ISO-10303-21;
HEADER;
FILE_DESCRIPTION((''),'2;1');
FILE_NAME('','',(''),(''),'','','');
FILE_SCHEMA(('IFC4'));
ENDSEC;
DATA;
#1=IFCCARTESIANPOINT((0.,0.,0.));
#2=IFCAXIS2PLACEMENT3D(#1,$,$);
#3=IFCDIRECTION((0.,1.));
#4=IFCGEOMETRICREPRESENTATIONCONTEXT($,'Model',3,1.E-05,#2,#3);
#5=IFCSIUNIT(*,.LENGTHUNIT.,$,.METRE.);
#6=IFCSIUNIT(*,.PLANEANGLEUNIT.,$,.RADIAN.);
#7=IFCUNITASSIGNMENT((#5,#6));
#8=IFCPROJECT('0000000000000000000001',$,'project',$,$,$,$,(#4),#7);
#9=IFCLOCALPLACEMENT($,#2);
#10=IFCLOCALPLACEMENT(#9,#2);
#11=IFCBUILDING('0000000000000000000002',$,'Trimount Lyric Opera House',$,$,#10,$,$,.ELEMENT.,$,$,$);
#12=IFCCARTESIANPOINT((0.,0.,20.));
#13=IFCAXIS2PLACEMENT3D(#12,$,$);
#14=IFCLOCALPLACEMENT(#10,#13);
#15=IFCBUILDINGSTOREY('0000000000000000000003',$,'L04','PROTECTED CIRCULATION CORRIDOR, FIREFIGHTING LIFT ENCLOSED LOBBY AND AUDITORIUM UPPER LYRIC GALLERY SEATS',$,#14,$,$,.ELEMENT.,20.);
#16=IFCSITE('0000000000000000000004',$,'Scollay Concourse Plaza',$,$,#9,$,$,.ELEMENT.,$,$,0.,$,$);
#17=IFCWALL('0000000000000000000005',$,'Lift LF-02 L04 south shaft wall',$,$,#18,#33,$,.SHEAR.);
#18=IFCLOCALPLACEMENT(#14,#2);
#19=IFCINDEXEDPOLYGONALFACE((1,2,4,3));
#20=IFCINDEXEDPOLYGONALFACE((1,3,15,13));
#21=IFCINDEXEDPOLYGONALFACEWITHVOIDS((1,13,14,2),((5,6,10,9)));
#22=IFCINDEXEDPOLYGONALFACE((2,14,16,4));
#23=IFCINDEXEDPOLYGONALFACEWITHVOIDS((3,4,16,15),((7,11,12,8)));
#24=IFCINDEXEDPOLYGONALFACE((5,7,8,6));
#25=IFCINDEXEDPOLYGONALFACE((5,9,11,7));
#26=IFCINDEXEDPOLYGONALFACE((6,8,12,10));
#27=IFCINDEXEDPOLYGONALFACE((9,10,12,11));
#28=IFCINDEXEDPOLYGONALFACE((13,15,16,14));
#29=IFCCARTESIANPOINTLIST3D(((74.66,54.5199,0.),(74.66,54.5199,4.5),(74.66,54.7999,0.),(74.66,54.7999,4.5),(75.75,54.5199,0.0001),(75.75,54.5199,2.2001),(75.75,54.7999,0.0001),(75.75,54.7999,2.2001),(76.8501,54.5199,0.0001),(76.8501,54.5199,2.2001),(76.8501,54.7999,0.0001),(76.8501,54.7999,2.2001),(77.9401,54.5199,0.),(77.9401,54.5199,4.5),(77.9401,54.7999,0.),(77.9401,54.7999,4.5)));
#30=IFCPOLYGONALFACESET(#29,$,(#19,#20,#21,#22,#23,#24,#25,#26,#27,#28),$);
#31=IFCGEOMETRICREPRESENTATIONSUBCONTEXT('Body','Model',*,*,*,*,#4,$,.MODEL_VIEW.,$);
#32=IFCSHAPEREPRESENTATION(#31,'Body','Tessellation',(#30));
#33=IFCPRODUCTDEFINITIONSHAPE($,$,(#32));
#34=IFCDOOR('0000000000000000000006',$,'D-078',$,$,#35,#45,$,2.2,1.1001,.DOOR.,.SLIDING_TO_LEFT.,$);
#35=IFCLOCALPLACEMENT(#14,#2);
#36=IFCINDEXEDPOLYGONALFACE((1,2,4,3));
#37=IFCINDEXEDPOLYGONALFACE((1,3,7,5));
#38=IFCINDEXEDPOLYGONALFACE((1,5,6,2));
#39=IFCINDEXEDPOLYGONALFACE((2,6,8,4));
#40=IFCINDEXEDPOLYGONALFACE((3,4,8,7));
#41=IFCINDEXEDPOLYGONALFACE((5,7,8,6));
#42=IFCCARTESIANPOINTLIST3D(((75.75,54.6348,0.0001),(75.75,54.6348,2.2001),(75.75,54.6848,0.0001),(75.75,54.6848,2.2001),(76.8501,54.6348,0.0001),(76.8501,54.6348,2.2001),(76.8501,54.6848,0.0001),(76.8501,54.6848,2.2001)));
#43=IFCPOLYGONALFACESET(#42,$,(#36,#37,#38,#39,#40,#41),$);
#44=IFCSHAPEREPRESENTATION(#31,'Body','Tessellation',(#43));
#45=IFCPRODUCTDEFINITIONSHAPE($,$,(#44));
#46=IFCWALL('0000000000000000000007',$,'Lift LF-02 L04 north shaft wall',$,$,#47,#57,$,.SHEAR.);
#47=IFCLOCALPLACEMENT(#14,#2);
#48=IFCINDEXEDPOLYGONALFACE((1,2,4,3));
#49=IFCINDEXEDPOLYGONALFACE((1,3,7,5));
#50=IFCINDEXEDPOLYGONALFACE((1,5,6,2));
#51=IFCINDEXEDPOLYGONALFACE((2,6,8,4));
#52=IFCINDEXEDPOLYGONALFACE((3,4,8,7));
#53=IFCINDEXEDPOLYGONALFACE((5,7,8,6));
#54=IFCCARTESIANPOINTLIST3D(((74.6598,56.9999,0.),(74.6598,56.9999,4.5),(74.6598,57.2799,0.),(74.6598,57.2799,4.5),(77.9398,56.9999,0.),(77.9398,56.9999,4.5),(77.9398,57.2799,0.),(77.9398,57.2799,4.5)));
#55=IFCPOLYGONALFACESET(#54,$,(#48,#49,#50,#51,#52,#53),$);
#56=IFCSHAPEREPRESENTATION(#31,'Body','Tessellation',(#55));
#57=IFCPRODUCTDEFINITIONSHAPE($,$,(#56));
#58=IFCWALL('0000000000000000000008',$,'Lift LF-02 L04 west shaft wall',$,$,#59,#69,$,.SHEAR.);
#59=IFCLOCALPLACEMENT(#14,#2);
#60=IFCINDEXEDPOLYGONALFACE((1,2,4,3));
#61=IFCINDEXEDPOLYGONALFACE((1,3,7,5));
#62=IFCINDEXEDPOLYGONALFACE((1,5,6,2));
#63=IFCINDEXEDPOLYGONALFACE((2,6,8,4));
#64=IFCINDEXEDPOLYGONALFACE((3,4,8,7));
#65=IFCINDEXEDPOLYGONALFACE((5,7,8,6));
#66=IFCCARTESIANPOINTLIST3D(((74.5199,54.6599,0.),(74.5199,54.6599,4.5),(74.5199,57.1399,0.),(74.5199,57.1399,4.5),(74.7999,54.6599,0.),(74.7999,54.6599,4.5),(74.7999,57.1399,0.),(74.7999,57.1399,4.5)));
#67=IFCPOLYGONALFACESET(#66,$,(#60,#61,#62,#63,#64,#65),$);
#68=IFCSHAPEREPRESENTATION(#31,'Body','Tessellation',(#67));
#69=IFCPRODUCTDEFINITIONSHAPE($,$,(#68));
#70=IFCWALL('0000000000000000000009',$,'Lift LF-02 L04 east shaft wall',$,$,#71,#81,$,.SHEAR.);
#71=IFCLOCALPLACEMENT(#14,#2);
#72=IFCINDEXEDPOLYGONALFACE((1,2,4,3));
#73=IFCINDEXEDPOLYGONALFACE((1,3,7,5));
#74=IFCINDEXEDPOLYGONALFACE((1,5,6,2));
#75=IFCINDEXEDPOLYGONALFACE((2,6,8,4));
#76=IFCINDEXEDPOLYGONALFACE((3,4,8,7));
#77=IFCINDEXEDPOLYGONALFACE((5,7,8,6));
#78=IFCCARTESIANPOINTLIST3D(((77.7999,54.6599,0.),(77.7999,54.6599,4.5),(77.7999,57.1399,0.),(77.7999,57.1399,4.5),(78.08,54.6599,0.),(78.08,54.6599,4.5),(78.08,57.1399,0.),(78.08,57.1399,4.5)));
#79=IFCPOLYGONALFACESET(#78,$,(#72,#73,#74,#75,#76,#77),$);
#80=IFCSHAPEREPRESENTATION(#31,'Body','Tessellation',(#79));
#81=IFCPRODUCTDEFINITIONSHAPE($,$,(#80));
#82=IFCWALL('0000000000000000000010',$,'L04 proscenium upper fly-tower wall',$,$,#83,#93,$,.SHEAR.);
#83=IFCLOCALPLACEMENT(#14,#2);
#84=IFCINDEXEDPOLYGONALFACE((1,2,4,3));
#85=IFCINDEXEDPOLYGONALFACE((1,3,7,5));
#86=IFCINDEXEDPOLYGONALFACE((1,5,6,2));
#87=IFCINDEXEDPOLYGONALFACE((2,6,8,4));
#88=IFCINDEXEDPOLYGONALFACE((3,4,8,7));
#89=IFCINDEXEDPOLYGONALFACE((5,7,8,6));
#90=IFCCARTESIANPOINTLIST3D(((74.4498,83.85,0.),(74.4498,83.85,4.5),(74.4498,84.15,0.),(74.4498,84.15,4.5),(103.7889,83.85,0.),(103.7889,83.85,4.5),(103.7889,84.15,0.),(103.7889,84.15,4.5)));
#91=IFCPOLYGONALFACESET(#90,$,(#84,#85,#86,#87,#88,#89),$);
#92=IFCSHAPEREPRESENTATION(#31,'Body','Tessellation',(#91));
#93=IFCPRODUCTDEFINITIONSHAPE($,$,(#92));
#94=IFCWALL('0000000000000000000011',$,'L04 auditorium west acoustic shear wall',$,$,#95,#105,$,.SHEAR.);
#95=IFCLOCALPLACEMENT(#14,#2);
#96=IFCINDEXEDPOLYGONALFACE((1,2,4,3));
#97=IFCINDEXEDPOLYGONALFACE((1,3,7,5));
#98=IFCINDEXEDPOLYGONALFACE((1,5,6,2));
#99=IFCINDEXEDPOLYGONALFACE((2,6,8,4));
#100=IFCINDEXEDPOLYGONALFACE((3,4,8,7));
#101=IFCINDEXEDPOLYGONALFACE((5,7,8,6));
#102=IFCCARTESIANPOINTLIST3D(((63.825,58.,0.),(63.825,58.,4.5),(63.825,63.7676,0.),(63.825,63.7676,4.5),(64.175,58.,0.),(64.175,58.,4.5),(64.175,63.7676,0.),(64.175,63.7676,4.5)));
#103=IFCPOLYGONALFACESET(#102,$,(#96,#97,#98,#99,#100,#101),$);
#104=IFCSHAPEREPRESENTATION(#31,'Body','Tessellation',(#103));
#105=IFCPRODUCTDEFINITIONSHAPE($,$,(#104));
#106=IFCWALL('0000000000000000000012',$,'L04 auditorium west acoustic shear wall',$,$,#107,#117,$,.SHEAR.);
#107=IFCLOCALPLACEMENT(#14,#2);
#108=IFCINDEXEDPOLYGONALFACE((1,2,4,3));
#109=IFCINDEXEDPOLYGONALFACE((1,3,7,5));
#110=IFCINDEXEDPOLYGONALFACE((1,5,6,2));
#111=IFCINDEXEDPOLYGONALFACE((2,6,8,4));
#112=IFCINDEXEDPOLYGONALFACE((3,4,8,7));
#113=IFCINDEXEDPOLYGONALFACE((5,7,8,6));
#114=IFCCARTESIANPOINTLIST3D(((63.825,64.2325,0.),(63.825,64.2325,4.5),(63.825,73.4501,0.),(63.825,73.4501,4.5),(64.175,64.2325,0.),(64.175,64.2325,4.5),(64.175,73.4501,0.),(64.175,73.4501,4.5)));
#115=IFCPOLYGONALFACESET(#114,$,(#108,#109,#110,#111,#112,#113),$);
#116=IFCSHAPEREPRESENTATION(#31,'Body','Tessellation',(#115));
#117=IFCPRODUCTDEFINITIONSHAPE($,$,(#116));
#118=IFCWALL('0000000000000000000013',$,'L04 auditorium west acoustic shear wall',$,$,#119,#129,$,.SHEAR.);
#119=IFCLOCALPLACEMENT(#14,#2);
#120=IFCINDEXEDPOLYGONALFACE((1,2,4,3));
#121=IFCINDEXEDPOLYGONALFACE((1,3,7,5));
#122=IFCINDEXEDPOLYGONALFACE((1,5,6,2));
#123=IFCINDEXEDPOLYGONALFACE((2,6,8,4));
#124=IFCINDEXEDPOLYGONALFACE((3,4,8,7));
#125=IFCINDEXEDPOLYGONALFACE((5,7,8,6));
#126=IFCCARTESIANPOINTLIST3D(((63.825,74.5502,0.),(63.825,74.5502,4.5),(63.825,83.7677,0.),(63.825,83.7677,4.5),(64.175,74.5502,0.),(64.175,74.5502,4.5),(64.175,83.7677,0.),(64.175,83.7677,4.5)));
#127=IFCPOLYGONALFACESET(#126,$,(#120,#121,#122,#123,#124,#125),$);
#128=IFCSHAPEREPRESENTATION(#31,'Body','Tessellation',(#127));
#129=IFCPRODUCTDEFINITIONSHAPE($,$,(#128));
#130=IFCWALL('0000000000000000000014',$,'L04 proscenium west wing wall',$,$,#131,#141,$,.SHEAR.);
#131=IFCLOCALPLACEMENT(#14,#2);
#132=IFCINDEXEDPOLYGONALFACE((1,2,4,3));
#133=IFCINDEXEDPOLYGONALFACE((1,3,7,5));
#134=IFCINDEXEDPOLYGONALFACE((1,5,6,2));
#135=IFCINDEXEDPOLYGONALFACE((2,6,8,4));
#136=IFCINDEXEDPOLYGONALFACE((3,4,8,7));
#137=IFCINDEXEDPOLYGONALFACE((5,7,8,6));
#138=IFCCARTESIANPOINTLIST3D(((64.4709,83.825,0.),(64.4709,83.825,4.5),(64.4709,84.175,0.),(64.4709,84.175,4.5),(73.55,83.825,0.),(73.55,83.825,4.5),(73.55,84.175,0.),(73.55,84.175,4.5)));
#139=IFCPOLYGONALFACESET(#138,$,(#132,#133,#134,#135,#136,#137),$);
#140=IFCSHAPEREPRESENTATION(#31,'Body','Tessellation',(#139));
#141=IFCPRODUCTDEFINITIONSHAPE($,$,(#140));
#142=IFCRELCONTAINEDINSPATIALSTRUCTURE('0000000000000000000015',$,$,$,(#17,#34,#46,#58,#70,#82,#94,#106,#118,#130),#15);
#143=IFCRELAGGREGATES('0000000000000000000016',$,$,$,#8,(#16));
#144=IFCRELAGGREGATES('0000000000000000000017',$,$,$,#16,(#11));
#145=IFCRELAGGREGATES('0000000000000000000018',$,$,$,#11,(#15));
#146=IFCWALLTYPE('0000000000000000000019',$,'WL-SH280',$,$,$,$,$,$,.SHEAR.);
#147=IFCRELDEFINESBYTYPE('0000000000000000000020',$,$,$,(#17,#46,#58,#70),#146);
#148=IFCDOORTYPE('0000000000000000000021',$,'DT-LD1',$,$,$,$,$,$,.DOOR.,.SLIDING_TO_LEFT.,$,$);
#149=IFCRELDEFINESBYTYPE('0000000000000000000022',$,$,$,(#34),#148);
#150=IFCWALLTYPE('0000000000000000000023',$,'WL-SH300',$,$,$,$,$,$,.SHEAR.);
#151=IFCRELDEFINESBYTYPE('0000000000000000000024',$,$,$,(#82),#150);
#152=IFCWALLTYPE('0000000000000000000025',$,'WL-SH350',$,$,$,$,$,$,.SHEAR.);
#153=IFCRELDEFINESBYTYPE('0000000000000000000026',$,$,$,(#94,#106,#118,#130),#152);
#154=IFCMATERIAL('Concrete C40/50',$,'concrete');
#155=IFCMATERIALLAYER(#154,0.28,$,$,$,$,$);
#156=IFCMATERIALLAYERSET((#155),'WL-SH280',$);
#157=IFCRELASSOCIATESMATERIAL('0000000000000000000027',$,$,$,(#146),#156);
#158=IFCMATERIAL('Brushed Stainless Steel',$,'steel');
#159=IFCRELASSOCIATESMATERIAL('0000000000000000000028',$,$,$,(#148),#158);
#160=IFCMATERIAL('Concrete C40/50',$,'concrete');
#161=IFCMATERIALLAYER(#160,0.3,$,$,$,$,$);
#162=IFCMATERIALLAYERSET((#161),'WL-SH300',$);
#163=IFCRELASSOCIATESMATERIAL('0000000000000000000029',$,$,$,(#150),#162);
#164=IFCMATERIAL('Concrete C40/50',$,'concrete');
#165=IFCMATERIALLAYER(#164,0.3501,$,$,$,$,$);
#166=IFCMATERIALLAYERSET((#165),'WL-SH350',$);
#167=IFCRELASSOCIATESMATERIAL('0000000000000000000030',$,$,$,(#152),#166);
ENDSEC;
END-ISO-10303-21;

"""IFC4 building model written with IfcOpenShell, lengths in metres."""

from ifc_helpers import new_model, si_unit, direction, frame, frame_2d, origin, place, context, subcontext, project, spatial, rectangle, extrude, material, layer, layer_set, type_object, element, fill, save


model = new_model("IFC4")

# Units and contexts
model_context = context("Model", 3, precision=1e-05, world=origin(), true_north=direction((0.0, 1.0)))
body_context = subcontext(model_context, "Body", "Model", "MODEL_VIEW")
ifc_project = project(units=[si_unit("LENGTHUNIT", "METRE"), si_unit("PLANEANGLEUNIT", "RADIAN")], contexts=[model_context])

# Site, building, storey
site_placement = place(None, origin())
site = spatial("IfcSite", under=ifc_project, at=site_placement, Name="Scollay Concourse Plaza", CompositionType="ELEMENT", RefElevation=0.0)
building_placement = place(site_placement, origin())
building = spatial("IfcBuilding", under=site, at=building_placement, Name="Trimount Lyric Opera House", CompositionType="ELEMENT")
storey_placement = place(building_placement, frame((0.0, 0.0, 20.0)))
storey = spatial("IfcBuildingStorey", under=building, at=storey_placement, Name="L04", Description="PROTECTED CIRCULATION CORRIDOR, FIREFIGHTING LIFT ENCLOSED LOBBY AND AUDITORIUM UPPER LYRIC GALLERY SEATS", CompositionType="ELEMENT", Elevation=20.0)

# Wall, opening, door
ifc_material_1 = material(Name="Concrete C40/50", Category="concrete")
ifc_layer_1 = layer(ifc_material_1, 0.28)
ifc_layer_set_1 = layer_set([ifc_layer_1], Name="WL-SH280")
wall_type_1 = type_object("IfcWallType", Name="WL-SH280", PredefinedType="SHEAR", material=ifc_layer_set_1)
wall_1_placement = place(storey_placement, frame((74.6599, 54.6599, 0.0), z_axis=(0.0, 0.0, 1.0), x_axis=(1.0, 0.0, 0.0)))
wall_1 = element("IfcWall", 1, at=wall_1_placement, inside=storey, type_object=wall_type_1, Name="Lift LF-02 L04 south shaft wall", PredefinedType="SHEAR", context=body_context, shape_type="SweptSolid", body=[
    extrude(rectangle(XDim=3.28, YDim=0.28, at=frame_2d((1.6401, 0.0))), origin(), (0.0, 0.0, 1.0), 4.5),
])
opening_placement = place(wall_1_placement, frame((1.0901, 0.0, 0.0)))
opening = element("IfcOpeningElement", 2, at=opening_placement, cuts=wall_1, PredefinedType="OPENING", context=body_context, shape_type="SweptSolid", body=[
    extrude(rectangle(XDim=1.1001, YDim=2.2, at=frame_2d((0.55, 1.1001))), frame((0.0, 0.1499, 0.0), z_axis=(0.0, -1.0, 0.0), x_axis=(1.0, 0.0, 0.0)), (0.0, 0.0, 1.0), 0.3),
])
ifc_material_2 = material(Name="Brushed Stainless Steel", Category="steel")
door_type = type_object("IfcDoorType", Name="DT-LD1", OperationType="SLIDING_TO_LEFT", PredefinedType="DOOR", material=ifc_material_2)
door_placement = place(opening_placement, origin())
door = element("IfcDoor", 3, at=door_placement, inside=storey, type_object=door_type, Name="D-078", OperationType="SLIDING_TO_LEFT", OverallHeight=2.2, OverallWidth=1.1001, PredefinedType="DOOR", context=body_context, shape_type="SweptSolid", body=[
    extrude(rectangle(XDim=1.1001, YDim=2.2, at=frame_2d((0.55, 1.1001))), frame((0.0, 0.0249, 0.0), z_axis=(0.0, -1.0, 0.0), x_axis=(1.0, 0.0, 0.0)), (0.0, 0.0, 1.0), 0.05),
])
fill(opening, door)

# Walls
wall_2_placement = place(storey_placement, frame((77.9399, 57.1399, 0.0), z_axis=(0.0, 0.0, 1.0), x_axis=(-1.0, 0.0, 0.0)))
element("IfcWall", 4, at=wall_2_placement, inside=storey, type_object=wall_type_1, Name="Lift LF-02 L04 north shaft wall", PredefinedType="SHEAR", context=body_context, shape_type="SweptSolid", body=[
    extrude(rectangle(XDim=3.28, YDim=0.28, at=frame_2d((1.6401, 0.0))), origin(), (0.0, 0.0, 1.0), 4.5),
])
for number, where, z_axis, x_axis, name in (
    (5, (74.6599, 57.1399, 0.0), (0.0, 0.0, 1.0), (0.0, -1.0, 0.0), "Lift LF-02 L04 west shaft wall"),
    (6, (77.9399, 54.6599, 0.0), (0.0, 0.0, 1.0), (0.0, 1.0, 0.0), "Lift LF-02 L04 east shaft wall"),
):
    element("IfcWall", number, at=place(storey_placement, frame(where, z_axis=z_axis, x_axis=x_axis)), inside=storey, type_object=wall_type_1, Name=name, PredefinedType="SHEAR", context=body_context, shape_type="SweptSolid", body=[
        extrude(rectangle(XDim=2.48, YDim=0.28, at=frame_2d((1.24, 0.0))), origin(), (0.0, 0.0, 1.0), 4.5),
    ])
ifc_material_3 = material(Name="Concrete C40/50", Category="concrete")
ifc_layer_2 = layer(ifc_material_3, 0.3)
ifc_layer_set_2 = layer_set([ifc_layer_2], Name="WL-SH300")
wall_type_2 = type_object("IfcWallType", Name="WL-SH300", PredefinedType="SHEAR", material=ifc_layer_set_2)
wall_3_placement = place(storey_placement, frame((74.45, 84.0, 0.0), z_axis=(0.0, 0.0, 1.0), x_axis=(1.0, 0.0, 0.0)))
element("IfcWall", 7, at=wall_3_placement, inside=storey, type_object=wall_type_2, Name="L04 proscenium upper fly-tower wall", PredefinedType="SHEAR", context=body_context, shape_type="SweptSolid", body=[
    extrude(rectangle(XDim=29.3391, YDim=0.3, at=frame_2d((14.6694, 0.0))), origin(), (0.0, 0.0, 1.0), 4.5),
])
ifc_material_4 = material(Name="Concrete C40/50", Category="concrete")
ifc_layer_3 = layer(ifc_material_4, 0.3501)
ifc_layer_set_3 = layer_set([ifc_layer_3], Name="WL-SH350")
wall_type_3 = type_object("IfcWallType", Name="WL-SH350", PredefinedType="SHEAR", material=ifc_layer_set_3)
wall_4_placement = place(storey_placement, frame((64.0, 58.0, 0.0), z_axis=(0.0, 0.0, 1.0), x_axis=(0.0, 1.0, 0.0)))
element("IfcWall", 8, at=wall_4_placement, inside=storey, type_object=wall_type_3, Name="L04 auditorium west acoustic shear wall", PredefinedType="SHEAR", context=body_context, shape_type="SweptSolid", body=[
    extrude(rectangle(XDim=5.7676, YDim=0.3501, at=frame_2d((2.8838, 0.0))), origin(), (0.0, 0.0, 1.0), 4.5),
])
for number, where, z_axis, x_axis, name in (
    (9, (64.0, 64.2324, 0.0), (0.0, 0.0, 1.0), (0.0, 1.0, 0.0), "L04 auditorium west acoustic shear wall"),
    (10, (64.0, 74.55, 0.0), (0.0, 0.0, 1.0), (0.0, 1.0, 0.0), "L04 auditorium west acoustic shear wall"),
):
    element("IfcWall", number, at=place(storey_placement, frame(where, z_axis=z_axis, x_axis=x_axis)), inside=storey, type_object=wall_type_3, Name=name, PredefinedType="SHEAR", context=body_context, shape_type="SweptSolid", body=[
        extrude(rectangle(XDim=9.2175, YDim=0.3501, at=frame_2d((4.6089, 0.0))), origin(), (0.0, 0.0, 1.0), 4.5),
    ])
wall_5_placement = place(storey_placement, frame((64.4709, 84.0, 0.0), z_axis=(0.0, 0.0, 1.0), x_axis=(1.0, 0.0, 0.0)))
element("IfcWall", 11, at=wall_5_placement, inside=storey, type_object=wall_type_3, Name="L04 proscenium west wing wall", PredefinedType="SHEAR", context=body_context, shape_type="SweptSolid", body=[
    extrude(rectangle(XDim=9.0791, YDim=0.3501, at=frame_2d((4.5396, 0.0))), origin(), (0.0, 0.0, 1.0), 4.5),
])

save(model, "model.ifc")
